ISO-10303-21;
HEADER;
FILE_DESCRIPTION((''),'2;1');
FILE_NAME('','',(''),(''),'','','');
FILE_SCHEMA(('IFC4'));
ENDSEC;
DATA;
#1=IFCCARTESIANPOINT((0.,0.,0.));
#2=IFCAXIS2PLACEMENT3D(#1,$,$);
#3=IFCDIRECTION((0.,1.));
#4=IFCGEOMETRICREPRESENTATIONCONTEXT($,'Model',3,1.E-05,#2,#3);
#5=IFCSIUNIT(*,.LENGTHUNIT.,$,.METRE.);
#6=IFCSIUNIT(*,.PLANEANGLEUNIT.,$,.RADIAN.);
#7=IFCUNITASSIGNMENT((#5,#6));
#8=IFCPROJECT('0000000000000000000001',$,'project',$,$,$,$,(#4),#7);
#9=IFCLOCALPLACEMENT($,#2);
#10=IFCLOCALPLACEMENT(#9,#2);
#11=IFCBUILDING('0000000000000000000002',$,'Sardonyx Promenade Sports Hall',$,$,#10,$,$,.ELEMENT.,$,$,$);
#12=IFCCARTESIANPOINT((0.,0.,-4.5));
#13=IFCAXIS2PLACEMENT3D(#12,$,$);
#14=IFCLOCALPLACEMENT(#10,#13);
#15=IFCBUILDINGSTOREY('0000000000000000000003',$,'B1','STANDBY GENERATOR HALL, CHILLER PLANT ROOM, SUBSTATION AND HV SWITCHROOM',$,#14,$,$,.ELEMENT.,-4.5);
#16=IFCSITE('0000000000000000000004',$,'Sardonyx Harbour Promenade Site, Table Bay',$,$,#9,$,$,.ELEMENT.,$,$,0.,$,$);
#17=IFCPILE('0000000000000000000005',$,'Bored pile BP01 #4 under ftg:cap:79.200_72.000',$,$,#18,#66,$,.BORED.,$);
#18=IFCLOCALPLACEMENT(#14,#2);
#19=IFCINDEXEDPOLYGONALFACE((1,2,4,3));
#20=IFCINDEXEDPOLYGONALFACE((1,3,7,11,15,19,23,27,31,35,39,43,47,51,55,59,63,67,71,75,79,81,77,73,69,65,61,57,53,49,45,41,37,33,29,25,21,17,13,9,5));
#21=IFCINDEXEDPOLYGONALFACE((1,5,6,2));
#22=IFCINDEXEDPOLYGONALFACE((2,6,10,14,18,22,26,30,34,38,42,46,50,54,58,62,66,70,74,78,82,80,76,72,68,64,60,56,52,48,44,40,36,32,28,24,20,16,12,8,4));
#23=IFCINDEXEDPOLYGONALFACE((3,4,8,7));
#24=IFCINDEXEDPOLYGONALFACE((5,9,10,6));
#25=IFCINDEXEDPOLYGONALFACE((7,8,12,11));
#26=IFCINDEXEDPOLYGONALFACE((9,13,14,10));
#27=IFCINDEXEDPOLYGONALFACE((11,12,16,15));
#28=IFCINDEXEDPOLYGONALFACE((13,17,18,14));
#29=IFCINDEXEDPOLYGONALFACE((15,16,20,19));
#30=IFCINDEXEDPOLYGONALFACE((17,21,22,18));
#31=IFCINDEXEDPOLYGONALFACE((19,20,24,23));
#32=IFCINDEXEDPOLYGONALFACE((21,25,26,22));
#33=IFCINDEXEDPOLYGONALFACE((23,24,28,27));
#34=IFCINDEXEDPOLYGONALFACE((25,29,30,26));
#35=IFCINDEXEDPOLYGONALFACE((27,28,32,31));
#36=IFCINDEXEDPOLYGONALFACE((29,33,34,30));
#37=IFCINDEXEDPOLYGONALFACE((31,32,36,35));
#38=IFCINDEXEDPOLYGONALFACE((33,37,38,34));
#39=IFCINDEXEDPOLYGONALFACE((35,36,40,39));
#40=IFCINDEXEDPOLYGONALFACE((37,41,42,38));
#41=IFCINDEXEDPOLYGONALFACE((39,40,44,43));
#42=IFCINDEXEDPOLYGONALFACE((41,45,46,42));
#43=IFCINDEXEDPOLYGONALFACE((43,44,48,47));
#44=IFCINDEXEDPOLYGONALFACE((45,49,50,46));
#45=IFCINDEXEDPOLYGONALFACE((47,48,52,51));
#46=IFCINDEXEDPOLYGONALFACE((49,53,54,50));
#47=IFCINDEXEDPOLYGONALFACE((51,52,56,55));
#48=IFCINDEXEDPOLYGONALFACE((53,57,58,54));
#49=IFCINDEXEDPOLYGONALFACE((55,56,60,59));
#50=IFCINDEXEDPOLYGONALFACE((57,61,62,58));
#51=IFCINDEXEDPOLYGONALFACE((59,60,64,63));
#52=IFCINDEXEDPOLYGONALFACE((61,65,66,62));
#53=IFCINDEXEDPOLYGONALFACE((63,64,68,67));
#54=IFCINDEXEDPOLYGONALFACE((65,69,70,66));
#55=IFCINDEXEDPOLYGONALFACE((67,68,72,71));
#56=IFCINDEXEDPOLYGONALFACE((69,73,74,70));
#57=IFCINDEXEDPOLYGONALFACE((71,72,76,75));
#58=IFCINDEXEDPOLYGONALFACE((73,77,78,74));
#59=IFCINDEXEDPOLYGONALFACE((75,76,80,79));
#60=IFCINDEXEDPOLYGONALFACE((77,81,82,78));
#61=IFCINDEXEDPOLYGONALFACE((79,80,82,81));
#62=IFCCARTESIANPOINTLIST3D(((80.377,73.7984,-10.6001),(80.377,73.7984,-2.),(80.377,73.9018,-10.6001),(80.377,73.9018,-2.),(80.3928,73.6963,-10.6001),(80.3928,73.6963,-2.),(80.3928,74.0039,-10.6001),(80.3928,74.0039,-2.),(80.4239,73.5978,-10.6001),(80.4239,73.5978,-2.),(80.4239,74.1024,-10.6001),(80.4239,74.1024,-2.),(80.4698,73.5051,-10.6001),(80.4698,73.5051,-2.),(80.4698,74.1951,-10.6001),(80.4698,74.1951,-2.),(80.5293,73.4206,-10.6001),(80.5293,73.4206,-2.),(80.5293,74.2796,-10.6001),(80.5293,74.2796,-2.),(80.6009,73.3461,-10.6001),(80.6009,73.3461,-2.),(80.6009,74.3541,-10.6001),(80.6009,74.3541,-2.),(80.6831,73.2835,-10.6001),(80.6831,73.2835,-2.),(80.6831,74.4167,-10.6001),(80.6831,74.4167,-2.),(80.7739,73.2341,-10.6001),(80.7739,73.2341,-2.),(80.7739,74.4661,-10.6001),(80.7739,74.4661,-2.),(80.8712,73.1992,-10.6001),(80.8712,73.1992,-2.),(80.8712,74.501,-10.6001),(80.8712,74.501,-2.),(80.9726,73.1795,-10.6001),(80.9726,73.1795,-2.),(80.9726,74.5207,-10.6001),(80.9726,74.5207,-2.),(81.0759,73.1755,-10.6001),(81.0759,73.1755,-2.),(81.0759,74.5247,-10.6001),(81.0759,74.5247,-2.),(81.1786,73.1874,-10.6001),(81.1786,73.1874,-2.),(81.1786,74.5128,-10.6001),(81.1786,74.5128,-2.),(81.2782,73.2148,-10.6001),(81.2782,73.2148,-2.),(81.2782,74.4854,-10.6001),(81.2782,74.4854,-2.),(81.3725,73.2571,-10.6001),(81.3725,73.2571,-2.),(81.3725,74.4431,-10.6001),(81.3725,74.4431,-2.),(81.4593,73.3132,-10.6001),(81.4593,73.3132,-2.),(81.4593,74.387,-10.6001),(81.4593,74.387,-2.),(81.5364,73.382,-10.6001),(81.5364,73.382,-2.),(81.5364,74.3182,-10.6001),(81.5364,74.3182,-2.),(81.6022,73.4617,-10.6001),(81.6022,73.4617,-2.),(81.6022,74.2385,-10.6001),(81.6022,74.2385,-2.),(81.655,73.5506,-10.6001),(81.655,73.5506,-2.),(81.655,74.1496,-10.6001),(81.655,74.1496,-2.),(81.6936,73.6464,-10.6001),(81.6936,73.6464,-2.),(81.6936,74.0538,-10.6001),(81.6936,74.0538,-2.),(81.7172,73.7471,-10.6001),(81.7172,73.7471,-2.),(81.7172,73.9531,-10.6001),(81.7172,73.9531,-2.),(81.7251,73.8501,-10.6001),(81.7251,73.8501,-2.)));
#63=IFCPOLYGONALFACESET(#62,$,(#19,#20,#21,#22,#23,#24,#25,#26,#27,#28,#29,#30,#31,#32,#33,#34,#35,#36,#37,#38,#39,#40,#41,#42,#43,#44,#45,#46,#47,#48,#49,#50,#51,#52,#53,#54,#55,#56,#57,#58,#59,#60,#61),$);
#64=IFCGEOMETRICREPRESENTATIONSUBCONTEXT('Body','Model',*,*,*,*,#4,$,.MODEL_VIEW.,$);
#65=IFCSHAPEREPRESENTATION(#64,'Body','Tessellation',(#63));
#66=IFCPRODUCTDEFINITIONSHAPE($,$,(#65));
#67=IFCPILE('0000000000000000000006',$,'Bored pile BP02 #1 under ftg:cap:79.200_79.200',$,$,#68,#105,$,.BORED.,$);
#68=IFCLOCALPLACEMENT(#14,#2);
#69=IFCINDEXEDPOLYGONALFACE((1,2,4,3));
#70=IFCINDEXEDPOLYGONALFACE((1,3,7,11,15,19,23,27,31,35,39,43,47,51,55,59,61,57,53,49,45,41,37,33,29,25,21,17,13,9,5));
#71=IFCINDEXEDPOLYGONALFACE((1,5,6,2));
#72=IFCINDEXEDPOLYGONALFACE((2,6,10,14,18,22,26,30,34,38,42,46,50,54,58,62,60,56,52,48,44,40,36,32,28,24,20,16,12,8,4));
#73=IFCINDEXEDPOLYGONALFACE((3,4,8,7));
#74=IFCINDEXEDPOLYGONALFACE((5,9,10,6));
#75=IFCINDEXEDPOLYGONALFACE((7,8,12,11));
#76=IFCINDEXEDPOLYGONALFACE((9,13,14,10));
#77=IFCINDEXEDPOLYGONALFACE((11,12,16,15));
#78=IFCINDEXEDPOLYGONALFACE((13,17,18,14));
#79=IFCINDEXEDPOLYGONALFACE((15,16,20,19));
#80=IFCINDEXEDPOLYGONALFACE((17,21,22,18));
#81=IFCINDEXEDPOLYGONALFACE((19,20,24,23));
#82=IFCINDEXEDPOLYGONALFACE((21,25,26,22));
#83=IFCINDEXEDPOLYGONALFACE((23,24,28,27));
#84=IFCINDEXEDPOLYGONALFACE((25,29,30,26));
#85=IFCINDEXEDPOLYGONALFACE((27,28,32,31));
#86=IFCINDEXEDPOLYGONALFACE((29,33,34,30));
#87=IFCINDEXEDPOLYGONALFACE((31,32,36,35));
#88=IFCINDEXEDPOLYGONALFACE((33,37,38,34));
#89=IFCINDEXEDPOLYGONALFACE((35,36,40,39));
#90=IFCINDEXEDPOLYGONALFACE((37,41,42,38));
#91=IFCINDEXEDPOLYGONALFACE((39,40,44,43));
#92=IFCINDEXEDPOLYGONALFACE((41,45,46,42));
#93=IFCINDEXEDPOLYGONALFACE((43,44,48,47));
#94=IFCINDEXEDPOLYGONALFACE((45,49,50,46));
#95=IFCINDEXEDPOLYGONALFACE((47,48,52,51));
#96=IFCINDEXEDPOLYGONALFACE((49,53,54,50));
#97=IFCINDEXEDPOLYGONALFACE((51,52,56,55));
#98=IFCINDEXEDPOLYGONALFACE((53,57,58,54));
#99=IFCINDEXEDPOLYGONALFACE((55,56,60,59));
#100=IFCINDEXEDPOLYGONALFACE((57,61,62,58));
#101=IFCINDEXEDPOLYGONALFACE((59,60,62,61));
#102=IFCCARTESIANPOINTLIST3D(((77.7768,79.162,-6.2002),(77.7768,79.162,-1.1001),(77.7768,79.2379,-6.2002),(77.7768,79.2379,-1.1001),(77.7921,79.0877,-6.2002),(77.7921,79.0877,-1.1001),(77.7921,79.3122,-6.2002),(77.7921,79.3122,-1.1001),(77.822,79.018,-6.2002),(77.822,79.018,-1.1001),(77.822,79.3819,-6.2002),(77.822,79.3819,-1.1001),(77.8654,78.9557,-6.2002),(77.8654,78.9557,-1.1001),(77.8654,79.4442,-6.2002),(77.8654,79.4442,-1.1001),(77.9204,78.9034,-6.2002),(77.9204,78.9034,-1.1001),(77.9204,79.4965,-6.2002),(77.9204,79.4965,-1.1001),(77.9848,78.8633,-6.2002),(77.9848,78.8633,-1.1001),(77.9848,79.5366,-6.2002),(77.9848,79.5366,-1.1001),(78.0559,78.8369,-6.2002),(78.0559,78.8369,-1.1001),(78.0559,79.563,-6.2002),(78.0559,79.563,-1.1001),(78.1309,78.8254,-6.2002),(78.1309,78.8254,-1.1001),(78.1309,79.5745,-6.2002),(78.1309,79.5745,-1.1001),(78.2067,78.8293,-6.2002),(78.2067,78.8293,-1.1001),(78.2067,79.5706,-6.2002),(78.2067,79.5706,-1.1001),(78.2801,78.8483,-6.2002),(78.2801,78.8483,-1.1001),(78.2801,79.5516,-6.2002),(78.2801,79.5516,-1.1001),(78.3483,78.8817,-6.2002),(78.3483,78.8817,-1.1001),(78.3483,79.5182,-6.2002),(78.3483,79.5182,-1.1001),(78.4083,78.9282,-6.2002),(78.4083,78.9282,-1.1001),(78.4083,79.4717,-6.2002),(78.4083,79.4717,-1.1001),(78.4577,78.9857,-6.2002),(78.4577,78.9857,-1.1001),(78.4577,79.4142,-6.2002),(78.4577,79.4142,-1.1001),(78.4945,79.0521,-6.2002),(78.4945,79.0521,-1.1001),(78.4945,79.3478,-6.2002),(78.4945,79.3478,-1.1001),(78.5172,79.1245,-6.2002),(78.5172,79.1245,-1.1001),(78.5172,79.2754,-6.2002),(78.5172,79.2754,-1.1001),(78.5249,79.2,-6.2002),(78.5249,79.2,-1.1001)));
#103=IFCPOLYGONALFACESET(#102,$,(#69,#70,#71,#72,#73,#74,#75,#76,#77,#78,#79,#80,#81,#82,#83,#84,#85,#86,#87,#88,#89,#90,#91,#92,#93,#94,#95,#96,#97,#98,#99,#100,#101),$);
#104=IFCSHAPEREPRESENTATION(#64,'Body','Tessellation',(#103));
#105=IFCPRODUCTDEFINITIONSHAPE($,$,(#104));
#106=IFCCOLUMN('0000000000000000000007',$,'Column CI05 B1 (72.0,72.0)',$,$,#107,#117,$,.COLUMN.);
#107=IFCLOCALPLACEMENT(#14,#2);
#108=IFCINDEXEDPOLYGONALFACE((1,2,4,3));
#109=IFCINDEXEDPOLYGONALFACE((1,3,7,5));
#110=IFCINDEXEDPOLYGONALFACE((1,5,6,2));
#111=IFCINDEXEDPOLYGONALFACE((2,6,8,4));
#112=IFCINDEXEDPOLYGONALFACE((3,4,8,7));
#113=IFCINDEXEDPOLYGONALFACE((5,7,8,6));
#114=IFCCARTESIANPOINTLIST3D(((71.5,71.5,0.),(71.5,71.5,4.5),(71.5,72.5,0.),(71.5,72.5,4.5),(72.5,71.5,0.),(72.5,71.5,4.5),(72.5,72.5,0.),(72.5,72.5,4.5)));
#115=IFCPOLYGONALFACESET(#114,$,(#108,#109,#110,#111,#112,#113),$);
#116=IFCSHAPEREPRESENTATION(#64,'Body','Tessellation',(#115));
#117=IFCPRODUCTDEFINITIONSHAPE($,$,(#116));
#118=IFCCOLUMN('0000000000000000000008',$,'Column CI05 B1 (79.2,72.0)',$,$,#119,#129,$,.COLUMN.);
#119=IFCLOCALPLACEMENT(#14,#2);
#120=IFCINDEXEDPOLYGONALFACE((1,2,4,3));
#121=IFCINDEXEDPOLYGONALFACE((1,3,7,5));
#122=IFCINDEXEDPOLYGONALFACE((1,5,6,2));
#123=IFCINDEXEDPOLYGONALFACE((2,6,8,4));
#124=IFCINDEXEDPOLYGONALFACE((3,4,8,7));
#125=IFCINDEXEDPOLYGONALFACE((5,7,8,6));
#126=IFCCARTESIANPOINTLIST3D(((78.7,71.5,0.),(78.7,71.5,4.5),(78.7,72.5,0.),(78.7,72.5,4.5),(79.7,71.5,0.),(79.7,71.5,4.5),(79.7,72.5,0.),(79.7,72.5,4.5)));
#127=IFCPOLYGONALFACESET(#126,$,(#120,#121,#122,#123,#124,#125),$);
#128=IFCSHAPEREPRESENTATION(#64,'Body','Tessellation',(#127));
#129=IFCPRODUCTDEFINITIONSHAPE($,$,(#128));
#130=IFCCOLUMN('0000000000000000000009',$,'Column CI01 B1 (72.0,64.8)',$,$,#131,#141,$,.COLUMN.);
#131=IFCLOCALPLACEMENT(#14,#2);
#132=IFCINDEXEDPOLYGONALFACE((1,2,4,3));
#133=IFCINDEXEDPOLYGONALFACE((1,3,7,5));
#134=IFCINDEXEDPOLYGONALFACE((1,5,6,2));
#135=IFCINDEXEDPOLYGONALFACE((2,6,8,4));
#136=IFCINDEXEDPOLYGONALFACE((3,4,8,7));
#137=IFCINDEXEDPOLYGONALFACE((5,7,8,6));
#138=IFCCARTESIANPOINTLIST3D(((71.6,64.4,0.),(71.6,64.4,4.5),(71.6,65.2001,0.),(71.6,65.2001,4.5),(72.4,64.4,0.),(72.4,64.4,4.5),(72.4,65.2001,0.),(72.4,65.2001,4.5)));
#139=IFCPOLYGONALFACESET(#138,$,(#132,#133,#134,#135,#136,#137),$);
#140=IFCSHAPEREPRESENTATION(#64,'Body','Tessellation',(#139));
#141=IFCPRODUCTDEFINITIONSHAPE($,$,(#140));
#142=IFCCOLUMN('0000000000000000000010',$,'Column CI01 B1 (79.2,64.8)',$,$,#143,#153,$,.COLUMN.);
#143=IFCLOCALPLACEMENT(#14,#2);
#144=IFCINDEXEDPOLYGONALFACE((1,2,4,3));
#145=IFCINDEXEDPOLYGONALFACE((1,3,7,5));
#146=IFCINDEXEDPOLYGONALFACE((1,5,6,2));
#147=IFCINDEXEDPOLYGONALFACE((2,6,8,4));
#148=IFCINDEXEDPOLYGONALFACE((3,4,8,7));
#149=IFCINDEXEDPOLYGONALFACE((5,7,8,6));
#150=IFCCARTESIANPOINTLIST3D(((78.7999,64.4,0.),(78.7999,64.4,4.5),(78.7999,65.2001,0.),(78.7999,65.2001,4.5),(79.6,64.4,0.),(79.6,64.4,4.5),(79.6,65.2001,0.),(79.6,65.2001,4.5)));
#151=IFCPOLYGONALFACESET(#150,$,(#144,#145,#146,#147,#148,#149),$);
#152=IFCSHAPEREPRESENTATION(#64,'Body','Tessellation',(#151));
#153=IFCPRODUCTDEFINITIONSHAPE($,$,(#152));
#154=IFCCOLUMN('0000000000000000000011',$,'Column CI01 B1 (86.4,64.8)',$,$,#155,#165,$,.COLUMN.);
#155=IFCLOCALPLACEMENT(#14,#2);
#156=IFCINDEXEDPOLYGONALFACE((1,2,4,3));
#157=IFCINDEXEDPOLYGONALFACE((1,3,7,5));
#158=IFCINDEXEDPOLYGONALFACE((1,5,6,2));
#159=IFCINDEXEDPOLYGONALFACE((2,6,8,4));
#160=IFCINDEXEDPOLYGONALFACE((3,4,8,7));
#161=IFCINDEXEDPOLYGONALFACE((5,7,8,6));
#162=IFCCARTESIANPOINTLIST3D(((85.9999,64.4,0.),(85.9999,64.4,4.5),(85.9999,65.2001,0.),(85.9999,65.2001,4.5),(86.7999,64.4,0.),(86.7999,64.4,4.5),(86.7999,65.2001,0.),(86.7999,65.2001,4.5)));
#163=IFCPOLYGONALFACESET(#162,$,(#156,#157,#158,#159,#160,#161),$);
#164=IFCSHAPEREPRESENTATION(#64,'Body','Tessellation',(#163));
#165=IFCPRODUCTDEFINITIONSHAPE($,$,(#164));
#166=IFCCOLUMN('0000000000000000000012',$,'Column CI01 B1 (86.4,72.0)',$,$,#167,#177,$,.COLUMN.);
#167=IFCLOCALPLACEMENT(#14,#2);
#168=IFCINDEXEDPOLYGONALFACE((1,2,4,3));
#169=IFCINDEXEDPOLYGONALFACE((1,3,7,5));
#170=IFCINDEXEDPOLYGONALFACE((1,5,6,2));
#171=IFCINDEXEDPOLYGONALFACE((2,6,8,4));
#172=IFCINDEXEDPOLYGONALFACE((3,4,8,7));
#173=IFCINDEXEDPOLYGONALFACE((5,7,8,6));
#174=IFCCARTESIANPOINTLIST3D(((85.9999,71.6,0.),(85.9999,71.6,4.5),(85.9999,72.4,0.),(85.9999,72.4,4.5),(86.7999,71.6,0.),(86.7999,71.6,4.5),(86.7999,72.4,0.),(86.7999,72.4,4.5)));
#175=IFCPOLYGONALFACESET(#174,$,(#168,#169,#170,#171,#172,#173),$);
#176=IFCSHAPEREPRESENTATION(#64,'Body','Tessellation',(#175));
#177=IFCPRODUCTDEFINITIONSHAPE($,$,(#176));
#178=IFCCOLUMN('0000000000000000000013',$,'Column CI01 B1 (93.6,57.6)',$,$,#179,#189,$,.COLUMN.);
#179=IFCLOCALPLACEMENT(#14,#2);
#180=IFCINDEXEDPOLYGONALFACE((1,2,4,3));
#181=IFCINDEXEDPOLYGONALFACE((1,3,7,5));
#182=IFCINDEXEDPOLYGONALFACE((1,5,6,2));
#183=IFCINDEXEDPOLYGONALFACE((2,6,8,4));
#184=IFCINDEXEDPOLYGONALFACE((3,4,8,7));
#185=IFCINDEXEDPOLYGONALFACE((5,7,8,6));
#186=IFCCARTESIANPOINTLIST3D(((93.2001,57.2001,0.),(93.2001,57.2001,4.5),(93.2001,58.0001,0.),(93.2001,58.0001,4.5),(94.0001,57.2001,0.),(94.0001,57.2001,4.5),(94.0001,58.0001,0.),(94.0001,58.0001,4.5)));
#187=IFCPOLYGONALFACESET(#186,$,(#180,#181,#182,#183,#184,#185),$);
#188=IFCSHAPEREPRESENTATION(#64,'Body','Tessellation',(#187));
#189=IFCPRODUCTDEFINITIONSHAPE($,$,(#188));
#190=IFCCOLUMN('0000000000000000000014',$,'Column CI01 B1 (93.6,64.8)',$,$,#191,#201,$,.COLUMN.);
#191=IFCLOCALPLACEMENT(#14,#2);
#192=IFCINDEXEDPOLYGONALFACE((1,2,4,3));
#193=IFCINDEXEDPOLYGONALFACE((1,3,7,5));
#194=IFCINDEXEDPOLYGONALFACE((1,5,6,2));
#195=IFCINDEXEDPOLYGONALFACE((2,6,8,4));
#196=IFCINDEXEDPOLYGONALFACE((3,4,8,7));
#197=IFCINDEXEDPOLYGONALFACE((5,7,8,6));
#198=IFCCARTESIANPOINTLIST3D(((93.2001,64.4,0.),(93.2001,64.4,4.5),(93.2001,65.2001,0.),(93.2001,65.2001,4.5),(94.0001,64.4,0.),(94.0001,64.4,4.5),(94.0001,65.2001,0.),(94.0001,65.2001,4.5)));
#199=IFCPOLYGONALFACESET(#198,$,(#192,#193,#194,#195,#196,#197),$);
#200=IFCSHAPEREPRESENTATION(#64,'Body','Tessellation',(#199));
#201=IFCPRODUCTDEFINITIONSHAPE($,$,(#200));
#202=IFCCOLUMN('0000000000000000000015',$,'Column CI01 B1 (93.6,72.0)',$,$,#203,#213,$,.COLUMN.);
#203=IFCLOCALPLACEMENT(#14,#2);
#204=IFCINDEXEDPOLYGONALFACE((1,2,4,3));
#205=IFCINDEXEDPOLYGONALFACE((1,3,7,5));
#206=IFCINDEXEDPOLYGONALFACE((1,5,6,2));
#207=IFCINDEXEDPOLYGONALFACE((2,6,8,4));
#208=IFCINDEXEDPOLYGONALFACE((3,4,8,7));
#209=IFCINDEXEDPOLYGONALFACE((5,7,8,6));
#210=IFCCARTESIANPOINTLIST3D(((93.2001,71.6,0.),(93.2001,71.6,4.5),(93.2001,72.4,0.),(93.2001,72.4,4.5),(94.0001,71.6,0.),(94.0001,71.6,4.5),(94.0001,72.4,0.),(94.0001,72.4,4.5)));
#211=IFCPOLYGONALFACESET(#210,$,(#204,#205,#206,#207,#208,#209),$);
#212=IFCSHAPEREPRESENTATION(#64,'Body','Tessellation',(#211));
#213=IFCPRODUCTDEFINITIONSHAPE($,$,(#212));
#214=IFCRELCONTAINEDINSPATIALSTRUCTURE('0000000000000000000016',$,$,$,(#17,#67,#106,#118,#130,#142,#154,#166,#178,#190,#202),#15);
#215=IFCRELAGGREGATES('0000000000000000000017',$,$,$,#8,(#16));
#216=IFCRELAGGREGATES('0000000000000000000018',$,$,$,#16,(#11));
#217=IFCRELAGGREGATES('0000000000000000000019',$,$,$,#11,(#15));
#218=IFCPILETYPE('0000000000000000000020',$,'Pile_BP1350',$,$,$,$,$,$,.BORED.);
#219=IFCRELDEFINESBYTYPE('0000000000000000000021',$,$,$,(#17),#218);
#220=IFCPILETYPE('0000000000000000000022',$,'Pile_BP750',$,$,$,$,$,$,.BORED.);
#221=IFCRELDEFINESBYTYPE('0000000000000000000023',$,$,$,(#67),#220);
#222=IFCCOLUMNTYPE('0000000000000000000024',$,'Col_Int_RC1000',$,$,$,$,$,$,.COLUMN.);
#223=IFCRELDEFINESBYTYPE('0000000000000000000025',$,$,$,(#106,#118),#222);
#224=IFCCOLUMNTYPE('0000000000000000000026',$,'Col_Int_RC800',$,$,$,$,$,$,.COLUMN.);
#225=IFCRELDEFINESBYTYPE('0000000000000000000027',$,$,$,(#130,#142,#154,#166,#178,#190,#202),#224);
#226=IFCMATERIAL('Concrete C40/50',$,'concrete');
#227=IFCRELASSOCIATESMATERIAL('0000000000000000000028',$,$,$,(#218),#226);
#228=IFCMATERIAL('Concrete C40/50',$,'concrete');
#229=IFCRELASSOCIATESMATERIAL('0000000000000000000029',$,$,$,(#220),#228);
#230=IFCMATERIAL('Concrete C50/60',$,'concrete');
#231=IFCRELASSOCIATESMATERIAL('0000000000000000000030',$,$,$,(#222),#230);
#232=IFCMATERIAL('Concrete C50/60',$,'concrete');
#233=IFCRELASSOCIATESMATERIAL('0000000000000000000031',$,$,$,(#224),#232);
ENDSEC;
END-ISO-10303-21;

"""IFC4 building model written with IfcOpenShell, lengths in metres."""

from ifc_helpers import new_model, si_unit, direction, frame, origin, origin_2d, place, context, subcontext, project, spatial, rectangle, circle, extrude, material, material_profile, profile_set, type_object, element, save


model = new_model("IFC4")

# Units and contexts
model_context = context("Model", 3, precision=1e-05, world=origin(), true_north=direction((0.0, 1.0)))
body_context = subcontext(model_context, "Body", "Model", "MODEL_VIEW")
ifc_project = project(units=[si_unit("LENGTHUNIT", "METRE"), si_unit("PLANEANGLEUNIT", "RADIAN")], contexts=[model_context])

# Site, building, storey
site_placement = place(None, origin())
site = spatial("IfcSite", under=ifc_project, at=site_placement, Name="Sardonyx Harbour Promenade Site, Table Bay", CompositionType="ELEMENT", RefElevation=0.0)
building_placement = place(site_placement, origin())
building = spatial("IfcBuilding", under=site, at=building_placement, Name="Sardonyx Promenade Sports Hall", CompositionType="ELEMENT")
storey_placement = place(building_placement, frame((0.0, 0.0, -4.5)))
storey = spatial("IfcBuildingStorey", under=building, at=storey_placement, Name="B1", Description="STANDBY GENERATOR HALL, CHILLER PLANT ROOM, SUBSTATION AND HV SWITCHROOM", CompositionType="ELEMENT", Elevation=-4.5)

# Piles
ifc_material_1 = material(Name="Concrete C40/50", Category="concrete")
ifc_material_profile_1 = material_profile(ifc_material_1, circle(Radius=0.675, at=origin_2d()))
ifc_profile_set_1 = profile_set([ifc_material_profile_1], Name="Concrete C40/50")
pile_type_1 = type_object("IfcPileType", Name="Pile_BP1350", PredefinedType="BORED", material=ifc_profile_set_1)
for number, where, z_axis, x_axis, name in (
    (1, (81.05, 73.8501, -2.0), (0.0, 0.0, -1.0), (1.0, 0.0, 0.0), "Bored pile BP01 #4 under ftg:cap:79.200_72.000"),
):
    element("IfcPile", number, at=place(storey_placement, frame(where, z_axis=z_axis, x_axis=x_axis)), inside=storey, type_object=pile_type_1, Name=name, PredefinedType="BORED", context=body_context, shape_type="SweptSolid", body=[
        extrude(circle(Radius=0.675, at=origin_2d()), origin(), (0.0, 0.0, 1.0), 8.6001),
    ])
ifc_material_2 = material(Name="Concrete C40/50", Category="concrete")
ifc_material_profile_2 = material_profile(ifc_material_2, circle(Radius=0.375, at=origin_2d()))
ifc_profile_set_2 = profile_set([ifc_material_profile_2], Name="Concrete C40/50")
pile_type_2 = type_object("IfcPileType", Name="Pile_BP750", PredefinedType="BORED", material=ifc_profile_set_2)
pile_placement = place(storey_placement, frame((78.1499, 79.2, -1.1001), z_axis=(0.0, 0.0, -1.0), x_axis=(1.0, 0.0, 0.0)))
element("IfcPile", 2, at=pile_placement, inside=storey, type_object=pile_type_2, Name="Bored pile BP02 #1 under ftg:cap:79.200_79.200", PredefinedType="BORED", context=body_context, shape_type="SweptSolid", body=[
    extrude(circle(Radius=0.375, at=origin_2d()), origin(), (0.0, 0.0, 1.0), 5.1001),
])

# Columns
ifc_material_3 = material(Name="Concrete C50/60", Category="concrete")
ifc_material_profile_3 = material_profile(ifc_material_3, rectangle(XDim=1.0, YDim=1.0, at=origin_2d()))
ifc_profile_set_3 = profile_set([ifc_material_profile_3], Name="Concrete C50/60")
column_type_1 = type_object("IfcColumnType", Name="Col_Int_RC1000", PredefinedType="COLUMN", material=ifc_profile_set_3)
for number, where, z_axis, x_axis, name in (
    (3, (72.0, 72.0, 0.0), (0.0, 0.0, 1.0), (1.0, 0.0, 0.0), "Column CI05 B1 (72.0,72.0)"),
    (4, (79.2, 72.0, 0.0), (0.0, 0.0, 1.0), (1.0, 0.0, 0.0), "Column CI05 B1 (79.2,72.0)"),
):
    element("IfcColumn", number, at=place(storey_placement, frame(where, z_axis=z_axis, x_axis=x_axis)), inside=storey, type_object=column_type_1, Name=name, PredefinedType="COLUMN", context=body_context, shape_type="SweptSolid", body=[
        extrude(rectangle(XDim=1.0, YDim=1.0, at=origin_2d()), origin(), (0.0, 0.0, 1.0), 4.5),
    ])
ifc_material_4 = material(Name="Concrete C50/60", Category="concrete")
ifc_material_profile_4 = material_profile(ifc_material_4, rectangle(XDim=0.8, YDim=0.8, at=origin_2d()))
ifc_profile_set_4 = profile_set([ifc_material_profile_4], Name="Concrete C50/60")
column_type_2 = type_object("IfcColumnType", Name="Col_Int_RC800", PredefinedType="COLUMN", material=ifc_profile_set_4)
for number, where, z_axis, x_axis, name in (
    (5, (72.0, 64.8, 0.0), (0.0, 0.0, 1.0), (1.0, 0.0, 0.0), "Column CI01 B1 (72.0,64.8)"),
    (6, (79.2, 64.8, 0.0), (0.0, 0.0, 1.0), (1.0, 0.0, 0.0), "Column CI01 B1 (79.2,64.8)"),
    (7, (86.3999, 64.8, 0.0), (0.0, 0.0, 1.0), (1.0, 0.0, 0.0), "Column CI01 B1 (86.4,64.8)"),
    (8, (86.3999, 72.0, 0.0), (0.0, 0.0, 1.0), (1.0, 0.0, 0.0), "Column CI01 B1 (86.4,72.0)"),
    (9, (93.6001, 57.6001, 0.0), (0.0, 0.0, 1.0), (1.0, 0.0, 0.0), "Column CI01 B1 (93.6,57.6)"),
    (10, (93.6001, 64.8, 0.0), (0.0, 0.0, 1.0), (1.0, 0.0, 0.0), "Column CI01 B1 (93.6,64.8)"),
    (11, (93.6001, 72.0, 0.0), (0.0, 0.0, 1.0), (1.0, 0.0, 0.0), "Column CI01 B1 (93.6,72.0)"),
):
    element("IfcColumn", number, at=place(storey_placement, frame(where, z_axis=z_axis, x_axis=x_axis)), inside=storey, type_object=column_type_2, Name=name, PredefinedType="COLUMN", context=body_context, shape_type="SweptSolid", body=[
        extrude(rectangle(XDim=0.8, YDim=0.8, at=origin_2d()), origin(), (0.0, 0.0, 1.0), 4.5),
    ])

save(model, "model.ifc")
